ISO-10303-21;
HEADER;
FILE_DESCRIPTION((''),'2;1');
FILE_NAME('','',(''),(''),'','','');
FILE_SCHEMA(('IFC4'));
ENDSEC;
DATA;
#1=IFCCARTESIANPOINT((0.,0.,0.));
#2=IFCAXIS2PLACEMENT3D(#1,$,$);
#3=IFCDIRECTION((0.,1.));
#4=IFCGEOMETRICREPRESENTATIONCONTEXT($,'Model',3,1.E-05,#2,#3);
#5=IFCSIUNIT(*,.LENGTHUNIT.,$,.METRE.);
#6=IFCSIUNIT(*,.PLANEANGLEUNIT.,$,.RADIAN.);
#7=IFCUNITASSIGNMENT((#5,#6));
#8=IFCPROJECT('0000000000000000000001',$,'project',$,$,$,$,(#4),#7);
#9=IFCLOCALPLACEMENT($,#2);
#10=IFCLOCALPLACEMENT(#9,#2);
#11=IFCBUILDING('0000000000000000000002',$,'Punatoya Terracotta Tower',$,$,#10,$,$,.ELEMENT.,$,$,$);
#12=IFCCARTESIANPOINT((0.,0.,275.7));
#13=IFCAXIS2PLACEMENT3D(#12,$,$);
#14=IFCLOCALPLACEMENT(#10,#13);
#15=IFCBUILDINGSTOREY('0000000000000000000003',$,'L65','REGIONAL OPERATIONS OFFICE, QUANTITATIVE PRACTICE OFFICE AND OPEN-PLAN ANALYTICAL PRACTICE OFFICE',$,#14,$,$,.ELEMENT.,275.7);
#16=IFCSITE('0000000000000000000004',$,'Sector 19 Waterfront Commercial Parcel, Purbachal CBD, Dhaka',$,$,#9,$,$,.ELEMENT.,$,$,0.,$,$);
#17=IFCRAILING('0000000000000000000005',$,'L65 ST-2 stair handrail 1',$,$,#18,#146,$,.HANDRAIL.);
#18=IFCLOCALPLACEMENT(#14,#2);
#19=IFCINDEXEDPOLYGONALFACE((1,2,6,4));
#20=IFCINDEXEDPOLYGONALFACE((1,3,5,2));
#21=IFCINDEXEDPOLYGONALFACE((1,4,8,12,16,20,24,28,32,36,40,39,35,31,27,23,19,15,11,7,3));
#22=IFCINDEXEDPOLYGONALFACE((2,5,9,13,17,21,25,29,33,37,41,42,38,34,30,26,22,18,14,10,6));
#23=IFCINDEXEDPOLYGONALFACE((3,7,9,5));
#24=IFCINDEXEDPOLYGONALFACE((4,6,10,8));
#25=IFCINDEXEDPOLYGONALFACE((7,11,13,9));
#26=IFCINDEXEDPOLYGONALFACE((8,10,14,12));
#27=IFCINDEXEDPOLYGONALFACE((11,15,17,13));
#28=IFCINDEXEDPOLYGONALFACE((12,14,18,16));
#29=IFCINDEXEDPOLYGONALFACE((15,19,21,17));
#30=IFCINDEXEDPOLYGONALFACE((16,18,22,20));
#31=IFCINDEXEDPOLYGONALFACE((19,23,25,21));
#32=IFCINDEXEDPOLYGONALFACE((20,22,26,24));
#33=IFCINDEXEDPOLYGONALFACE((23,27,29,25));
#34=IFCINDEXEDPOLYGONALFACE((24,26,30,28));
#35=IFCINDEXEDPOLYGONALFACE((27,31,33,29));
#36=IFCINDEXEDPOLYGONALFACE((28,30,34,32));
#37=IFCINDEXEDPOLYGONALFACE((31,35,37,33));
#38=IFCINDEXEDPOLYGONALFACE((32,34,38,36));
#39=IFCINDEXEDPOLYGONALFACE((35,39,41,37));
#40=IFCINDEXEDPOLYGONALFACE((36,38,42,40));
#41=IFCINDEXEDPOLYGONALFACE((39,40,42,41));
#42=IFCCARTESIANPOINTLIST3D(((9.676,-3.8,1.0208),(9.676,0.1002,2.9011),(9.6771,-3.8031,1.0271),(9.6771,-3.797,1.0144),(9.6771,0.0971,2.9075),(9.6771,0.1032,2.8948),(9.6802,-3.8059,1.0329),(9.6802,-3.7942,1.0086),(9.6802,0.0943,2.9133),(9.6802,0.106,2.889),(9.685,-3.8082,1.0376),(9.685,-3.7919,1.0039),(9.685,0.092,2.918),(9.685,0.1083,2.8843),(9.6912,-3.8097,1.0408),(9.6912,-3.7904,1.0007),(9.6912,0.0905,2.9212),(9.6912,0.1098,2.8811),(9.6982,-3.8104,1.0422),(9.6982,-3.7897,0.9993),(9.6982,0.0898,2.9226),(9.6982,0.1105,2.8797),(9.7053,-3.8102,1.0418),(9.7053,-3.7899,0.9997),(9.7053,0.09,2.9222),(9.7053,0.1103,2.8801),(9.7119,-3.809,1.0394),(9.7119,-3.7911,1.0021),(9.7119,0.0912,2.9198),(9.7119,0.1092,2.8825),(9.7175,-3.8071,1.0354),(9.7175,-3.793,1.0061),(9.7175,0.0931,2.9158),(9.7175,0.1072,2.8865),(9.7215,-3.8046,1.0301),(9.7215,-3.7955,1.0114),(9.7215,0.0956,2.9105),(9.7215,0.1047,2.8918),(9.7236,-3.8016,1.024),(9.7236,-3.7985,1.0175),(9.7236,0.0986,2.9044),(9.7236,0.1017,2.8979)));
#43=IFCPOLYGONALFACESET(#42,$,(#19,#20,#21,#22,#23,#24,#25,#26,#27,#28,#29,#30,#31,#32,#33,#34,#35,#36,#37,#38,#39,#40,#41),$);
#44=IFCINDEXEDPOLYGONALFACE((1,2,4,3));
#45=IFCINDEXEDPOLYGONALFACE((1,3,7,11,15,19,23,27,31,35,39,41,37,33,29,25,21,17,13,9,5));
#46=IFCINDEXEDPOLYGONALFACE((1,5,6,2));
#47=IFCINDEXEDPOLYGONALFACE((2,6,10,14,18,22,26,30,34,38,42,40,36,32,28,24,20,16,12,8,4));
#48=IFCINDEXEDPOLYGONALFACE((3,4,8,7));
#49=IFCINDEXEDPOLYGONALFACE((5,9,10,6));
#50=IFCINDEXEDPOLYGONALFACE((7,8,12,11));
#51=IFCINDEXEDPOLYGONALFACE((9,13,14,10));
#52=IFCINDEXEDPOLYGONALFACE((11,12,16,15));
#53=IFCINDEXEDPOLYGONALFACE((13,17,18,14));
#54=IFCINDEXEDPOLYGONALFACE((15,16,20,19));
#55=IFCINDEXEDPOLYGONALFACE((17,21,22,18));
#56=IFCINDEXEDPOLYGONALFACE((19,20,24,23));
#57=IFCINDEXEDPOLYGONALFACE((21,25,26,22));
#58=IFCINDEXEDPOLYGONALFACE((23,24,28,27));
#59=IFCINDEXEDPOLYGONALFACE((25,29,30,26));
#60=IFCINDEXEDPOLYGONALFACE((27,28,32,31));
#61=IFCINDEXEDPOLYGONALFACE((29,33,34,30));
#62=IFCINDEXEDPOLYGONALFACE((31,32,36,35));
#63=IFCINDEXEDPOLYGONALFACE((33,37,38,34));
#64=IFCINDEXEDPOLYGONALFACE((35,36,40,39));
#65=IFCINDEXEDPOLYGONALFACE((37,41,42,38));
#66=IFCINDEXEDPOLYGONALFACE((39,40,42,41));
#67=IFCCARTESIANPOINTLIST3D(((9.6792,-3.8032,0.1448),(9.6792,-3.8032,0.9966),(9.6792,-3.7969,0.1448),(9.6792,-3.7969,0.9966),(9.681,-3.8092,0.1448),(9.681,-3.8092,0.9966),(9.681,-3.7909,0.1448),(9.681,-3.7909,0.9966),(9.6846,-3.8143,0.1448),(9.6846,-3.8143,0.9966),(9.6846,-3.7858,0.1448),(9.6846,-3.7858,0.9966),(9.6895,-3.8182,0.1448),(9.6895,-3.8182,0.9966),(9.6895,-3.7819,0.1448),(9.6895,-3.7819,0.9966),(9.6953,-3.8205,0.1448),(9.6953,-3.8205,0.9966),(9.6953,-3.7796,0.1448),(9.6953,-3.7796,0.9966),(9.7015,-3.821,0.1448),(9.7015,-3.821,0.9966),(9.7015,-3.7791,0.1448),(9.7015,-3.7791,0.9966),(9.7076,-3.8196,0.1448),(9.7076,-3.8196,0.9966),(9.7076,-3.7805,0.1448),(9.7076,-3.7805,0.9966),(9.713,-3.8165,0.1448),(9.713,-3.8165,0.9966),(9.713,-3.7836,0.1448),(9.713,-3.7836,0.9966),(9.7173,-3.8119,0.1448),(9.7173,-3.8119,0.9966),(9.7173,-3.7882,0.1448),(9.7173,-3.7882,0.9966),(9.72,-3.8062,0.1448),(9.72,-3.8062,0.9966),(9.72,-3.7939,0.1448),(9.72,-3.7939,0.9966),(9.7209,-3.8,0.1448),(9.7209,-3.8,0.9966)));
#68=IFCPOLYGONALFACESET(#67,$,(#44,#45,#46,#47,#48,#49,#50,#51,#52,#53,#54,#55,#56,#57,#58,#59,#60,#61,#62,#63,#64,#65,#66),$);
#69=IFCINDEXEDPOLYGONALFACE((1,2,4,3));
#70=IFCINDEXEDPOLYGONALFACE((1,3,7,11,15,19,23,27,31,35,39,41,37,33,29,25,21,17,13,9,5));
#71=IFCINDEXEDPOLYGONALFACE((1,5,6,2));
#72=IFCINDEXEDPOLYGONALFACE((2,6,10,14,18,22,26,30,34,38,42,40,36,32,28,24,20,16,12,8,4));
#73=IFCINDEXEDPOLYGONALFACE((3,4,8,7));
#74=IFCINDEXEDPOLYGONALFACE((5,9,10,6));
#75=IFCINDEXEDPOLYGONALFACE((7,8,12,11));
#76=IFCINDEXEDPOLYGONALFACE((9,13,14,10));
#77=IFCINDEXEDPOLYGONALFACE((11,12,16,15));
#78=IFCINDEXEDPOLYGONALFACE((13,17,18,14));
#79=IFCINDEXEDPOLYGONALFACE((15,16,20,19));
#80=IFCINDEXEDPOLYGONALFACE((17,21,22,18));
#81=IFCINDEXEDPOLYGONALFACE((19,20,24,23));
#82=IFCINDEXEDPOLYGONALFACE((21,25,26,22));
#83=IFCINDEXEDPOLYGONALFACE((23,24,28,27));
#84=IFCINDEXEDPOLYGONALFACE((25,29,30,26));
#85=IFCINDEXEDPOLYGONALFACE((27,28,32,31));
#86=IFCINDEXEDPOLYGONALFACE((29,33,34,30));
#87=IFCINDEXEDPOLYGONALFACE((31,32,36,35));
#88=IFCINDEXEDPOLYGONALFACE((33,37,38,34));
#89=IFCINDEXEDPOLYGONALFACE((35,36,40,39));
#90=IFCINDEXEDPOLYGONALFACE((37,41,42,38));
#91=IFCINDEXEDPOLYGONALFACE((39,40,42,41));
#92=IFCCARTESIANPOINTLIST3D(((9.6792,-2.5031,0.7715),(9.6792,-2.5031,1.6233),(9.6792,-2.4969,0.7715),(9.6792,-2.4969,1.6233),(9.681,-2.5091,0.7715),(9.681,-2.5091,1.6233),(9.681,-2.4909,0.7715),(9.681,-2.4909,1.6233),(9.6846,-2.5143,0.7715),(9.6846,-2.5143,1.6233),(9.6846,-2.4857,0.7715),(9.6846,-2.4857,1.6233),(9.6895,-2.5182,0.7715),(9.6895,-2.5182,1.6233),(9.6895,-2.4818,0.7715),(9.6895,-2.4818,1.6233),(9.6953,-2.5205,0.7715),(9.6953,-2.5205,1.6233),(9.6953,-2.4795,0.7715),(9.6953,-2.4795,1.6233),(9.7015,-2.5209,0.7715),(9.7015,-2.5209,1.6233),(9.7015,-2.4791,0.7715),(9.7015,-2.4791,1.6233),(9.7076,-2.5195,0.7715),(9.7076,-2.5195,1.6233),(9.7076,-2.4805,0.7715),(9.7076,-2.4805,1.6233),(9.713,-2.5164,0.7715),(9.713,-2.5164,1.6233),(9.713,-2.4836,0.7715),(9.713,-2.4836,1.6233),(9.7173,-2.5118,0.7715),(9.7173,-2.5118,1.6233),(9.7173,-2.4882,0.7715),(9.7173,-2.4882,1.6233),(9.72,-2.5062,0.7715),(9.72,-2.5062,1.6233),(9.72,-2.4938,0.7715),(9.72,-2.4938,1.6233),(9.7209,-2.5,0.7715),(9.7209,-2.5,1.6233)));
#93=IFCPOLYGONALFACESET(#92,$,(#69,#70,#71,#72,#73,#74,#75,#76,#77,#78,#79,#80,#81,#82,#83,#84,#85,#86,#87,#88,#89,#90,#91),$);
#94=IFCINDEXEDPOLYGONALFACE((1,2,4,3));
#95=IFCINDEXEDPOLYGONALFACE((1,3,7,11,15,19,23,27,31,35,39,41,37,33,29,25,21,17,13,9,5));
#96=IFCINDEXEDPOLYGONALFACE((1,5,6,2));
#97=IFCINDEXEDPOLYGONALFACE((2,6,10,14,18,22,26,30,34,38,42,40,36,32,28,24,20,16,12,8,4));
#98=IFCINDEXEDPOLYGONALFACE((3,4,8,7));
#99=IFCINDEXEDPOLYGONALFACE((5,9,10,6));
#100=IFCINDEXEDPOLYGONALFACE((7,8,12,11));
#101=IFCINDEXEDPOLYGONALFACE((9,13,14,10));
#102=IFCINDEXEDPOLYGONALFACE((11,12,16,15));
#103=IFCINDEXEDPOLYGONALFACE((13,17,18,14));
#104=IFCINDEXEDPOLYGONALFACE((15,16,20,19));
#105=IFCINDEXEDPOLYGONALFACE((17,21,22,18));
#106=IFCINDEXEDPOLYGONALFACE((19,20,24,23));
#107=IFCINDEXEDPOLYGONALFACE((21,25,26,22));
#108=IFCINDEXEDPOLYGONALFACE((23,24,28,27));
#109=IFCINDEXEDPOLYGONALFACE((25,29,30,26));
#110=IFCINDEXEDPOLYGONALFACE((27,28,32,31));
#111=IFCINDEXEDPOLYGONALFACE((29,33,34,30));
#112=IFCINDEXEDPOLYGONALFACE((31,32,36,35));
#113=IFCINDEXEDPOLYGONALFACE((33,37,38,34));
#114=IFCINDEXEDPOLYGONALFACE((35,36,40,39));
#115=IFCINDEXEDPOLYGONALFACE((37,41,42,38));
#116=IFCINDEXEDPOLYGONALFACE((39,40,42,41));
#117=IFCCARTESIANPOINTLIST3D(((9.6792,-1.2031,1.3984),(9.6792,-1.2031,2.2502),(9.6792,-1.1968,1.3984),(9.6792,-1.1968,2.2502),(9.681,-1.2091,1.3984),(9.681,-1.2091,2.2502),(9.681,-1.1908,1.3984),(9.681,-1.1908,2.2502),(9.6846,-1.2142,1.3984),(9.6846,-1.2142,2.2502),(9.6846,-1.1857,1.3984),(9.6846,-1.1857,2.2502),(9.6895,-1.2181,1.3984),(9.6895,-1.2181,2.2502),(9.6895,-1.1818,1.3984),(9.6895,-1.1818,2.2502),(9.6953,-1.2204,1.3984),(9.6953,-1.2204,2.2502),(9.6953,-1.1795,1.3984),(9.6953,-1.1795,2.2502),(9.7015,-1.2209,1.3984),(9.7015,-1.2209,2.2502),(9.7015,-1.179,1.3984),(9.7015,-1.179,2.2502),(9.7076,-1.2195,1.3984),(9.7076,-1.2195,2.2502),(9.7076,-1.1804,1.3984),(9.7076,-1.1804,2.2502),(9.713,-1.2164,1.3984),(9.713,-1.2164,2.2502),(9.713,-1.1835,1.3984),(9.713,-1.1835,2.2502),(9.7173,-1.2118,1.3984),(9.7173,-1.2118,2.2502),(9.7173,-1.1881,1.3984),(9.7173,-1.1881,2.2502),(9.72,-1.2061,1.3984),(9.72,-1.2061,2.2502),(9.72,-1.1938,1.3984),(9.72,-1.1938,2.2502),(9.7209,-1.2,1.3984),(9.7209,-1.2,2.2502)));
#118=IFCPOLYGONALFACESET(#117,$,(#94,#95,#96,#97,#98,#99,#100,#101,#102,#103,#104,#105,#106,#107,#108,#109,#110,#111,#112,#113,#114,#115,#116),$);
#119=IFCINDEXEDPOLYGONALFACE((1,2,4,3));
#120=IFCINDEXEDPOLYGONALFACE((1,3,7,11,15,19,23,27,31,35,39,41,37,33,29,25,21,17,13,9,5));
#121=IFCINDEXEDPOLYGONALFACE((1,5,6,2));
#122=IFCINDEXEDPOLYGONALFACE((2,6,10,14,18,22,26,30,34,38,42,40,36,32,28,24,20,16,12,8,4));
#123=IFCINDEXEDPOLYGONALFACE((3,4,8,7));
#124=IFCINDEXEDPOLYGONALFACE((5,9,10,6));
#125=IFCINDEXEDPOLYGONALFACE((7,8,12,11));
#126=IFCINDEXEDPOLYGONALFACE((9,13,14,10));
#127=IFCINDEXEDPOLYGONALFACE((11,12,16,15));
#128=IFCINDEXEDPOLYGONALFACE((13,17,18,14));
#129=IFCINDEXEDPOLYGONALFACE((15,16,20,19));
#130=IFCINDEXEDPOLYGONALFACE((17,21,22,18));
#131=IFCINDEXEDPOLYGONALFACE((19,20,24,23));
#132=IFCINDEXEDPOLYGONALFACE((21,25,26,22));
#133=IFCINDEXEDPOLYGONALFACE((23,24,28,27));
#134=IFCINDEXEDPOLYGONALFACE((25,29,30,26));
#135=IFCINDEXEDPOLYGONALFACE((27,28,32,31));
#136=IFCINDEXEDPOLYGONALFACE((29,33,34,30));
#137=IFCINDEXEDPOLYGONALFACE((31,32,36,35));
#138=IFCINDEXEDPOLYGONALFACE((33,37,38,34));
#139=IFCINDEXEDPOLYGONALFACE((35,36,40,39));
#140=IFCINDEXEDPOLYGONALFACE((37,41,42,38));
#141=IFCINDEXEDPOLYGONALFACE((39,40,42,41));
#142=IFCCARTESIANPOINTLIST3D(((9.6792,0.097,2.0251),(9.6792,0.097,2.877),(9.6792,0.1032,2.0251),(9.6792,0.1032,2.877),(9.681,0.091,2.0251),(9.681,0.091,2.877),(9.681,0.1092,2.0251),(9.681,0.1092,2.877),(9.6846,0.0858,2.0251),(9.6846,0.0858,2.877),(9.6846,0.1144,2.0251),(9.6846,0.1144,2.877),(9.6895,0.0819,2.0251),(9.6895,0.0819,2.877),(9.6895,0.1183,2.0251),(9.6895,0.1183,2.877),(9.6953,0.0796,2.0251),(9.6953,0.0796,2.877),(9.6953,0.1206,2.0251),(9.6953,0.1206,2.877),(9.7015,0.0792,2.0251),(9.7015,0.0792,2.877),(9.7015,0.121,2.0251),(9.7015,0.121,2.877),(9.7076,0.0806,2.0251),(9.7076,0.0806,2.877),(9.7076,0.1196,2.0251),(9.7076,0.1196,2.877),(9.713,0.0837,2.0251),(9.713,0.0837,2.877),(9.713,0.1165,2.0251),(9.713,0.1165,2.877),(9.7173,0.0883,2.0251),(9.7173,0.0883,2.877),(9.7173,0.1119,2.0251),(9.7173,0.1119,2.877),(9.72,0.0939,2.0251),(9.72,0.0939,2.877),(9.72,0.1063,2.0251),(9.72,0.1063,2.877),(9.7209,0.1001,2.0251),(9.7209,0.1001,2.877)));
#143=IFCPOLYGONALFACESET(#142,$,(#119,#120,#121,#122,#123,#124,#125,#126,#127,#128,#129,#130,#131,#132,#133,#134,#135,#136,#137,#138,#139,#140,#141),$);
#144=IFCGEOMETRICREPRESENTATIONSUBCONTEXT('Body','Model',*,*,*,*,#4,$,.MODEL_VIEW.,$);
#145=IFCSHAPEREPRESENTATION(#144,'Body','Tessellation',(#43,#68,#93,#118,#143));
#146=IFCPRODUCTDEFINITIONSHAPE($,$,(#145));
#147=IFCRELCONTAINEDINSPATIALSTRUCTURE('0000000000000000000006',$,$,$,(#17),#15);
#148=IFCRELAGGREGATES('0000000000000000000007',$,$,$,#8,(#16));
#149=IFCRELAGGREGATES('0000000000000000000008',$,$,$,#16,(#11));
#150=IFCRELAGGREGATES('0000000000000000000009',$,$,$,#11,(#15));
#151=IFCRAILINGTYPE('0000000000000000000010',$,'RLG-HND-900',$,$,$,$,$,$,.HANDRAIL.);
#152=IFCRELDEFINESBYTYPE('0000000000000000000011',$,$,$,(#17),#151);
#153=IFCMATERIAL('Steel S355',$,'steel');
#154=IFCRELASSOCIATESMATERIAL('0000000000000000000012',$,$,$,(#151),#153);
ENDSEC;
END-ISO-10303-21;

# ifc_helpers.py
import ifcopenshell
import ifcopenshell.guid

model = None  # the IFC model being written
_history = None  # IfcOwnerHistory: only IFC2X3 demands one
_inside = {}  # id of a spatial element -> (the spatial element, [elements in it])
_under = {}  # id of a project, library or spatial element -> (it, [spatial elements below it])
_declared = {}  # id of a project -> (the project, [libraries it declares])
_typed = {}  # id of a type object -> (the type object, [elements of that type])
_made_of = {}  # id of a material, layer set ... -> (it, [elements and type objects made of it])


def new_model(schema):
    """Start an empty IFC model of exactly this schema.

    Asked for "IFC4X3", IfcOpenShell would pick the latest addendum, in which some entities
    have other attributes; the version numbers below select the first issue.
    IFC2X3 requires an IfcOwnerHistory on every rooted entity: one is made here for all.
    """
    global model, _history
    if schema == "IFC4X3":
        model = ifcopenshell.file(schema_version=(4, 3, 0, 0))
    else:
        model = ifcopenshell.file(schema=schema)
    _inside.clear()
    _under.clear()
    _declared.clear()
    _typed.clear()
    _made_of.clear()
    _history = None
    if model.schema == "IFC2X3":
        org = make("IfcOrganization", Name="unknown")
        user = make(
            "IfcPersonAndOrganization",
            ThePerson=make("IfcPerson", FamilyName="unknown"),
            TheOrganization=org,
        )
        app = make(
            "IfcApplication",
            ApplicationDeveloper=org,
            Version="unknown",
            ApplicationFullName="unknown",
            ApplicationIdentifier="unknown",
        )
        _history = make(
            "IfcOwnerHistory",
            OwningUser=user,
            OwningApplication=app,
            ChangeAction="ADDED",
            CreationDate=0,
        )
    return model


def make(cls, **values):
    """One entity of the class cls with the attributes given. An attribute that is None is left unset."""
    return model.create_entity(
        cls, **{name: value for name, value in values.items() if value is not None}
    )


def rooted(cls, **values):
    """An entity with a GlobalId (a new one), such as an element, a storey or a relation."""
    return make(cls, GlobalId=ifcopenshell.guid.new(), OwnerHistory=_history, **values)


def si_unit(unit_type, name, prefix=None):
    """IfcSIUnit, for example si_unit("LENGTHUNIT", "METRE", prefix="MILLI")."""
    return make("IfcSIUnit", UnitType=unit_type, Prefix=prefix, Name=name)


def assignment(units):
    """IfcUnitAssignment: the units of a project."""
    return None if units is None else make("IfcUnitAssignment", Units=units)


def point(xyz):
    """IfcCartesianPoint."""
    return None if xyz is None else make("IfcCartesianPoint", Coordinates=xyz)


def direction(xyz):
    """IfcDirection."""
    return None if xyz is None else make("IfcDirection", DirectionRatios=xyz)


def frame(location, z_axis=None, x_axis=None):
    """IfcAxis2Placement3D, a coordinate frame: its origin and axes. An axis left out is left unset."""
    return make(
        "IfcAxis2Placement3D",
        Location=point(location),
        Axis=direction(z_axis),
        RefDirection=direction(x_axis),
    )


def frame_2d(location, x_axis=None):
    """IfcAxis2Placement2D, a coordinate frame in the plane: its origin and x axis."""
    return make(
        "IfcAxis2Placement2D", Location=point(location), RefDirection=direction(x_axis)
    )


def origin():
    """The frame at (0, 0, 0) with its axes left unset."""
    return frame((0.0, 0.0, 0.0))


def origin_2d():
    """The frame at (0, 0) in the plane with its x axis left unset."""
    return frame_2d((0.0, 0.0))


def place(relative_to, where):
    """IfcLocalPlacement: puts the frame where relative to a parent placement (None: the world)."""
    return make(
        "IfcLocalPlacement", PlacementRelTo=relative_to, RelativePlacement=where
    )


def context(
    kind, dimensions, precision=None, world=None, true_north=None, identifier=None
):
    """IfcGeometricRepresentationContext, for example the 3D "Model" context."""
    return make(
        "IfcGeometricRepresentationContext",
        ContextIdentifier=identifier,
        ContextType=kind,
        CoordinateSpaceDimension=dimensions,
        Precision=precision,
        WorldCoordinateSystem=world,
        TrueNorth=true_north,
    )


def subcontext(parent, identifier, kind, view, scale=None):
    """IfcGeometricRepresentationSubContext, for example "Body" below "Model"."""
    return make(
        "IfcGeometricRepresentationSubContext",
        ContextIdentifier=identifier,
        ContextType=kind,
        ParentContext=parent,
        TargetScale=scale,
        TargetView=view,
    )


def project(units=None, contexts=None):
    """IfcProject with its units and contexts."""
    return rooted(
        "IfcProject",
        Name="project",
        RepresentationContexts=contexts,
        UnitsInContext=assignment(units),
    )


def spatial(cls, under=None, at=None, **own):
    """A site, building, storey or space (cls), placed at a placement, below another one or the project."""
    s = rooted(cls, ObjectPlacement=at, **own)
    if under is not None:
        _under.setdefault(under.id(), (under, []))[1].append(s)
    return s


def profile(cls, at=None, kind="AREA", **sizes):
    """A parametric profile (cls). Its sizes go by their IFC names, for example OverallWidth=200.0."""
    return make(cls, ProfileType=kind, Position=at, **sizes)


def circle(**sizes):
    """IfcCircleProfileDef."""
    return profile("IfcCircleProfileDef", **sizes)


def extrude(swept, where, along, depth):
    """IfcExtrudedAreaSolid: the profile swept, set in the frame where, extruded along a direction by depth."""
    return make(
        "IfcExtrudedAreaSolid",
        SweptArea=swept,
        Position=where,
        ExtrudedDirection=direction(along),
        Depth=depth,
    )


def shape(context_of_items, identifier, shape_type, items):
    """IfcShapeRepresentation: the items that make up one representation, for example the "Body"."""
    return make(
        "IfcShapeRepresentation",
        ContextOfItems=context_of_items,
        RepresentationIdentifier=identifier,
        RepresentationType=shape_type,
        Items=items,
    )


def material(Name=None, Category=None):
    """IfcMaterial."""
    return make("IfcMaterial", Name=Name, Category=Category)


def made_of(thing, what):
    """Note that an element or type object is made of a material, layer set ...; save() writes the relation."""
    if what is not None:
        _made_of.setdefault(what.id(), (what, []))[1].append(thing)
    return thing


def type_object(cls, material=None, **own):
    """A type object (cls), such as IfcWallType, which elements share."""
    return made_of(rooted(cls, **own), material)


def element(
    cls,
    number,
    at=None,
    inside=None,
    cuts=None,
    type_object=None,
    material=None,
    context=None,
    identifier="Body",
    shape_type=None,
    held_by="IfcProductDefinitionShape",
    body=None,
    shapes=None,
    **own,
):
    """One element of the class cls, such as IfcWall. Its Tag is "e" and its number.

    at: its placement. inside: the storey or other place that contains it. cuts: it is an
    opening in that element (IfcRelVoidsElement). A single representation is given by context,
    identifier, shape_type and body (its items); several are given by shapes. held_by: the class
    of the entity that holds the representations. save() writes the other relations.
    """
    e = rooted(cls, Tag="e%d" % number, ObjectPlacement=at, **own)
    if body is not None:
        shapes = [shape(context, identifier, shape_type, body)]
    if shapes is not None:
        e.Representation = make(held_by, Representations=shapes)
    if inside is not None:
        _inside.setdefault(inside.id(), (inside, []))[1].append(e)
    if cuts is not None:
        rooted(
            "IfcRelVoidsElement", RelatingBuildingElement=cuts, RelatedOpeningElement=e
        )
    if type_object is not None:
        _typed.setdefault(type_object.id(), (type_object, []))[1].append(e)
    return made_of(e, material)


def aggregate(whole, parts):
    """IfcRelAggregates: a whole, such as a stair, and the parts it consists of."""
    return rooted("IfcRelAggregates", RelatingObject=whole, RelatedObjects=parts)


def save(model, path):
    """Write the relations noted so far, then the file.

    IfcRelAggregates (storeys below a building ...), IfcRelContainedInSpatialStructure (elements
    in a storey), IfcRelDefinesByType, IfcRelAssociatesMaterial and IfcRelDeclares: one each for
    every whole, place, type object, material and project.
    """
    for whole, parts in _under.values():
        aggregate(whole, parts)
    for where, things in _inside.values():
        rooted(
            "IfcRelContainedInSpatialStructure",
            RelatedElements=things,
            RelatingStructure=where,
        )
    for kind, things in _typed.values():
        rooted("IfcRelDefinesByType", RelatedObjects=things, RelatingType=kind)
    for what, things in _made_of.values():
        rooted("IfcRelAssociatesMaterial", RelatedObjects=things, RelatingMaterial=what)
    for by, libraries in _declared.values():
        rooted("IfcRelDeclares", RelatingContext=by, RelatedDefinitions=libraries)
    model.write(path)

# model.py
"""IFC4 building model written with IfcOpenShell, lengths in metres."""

from ifc_helpers import new_model, si_unit, direction, frame, origin, origin_2d, place, context, subcontext, project, spatial, circle, extrude, material, type_object, element, save


model = new_model("IFC4")

# Units and contexts
model_context = context("Model", 3, precision=1e-05, world=origin(), true_north=direction((0.0, 1.0)))
body_context = subcontext(model_context, "Body", "Model", "MODEL_VIEW")
ifc_project = project(units=[si_unit("LENGTHUNIT", "METRE"), si_unit("PLANEANGLEUNIT", "RADIAN")], contexts=[model_context])

# Site, building, storey
site_placement = place(None, origin())
site = spatial("IfcSite", under=ifc_project, at=site_placement, Name="Sector 19 Waterfront Commercial Parcel, Purbachal CBD, Dhaka", CompositionType="ELEMENT", RefElevation=0.0)
building_placement = place(site_placement, origin())
building = spatial("IfcBuilding", under=site, at=building_placement, Name="Punatoya Terracotta Tower", CompositionType="ELEMENT")
storey_placement = place(building_placement, frame((0.0, 0.0, 275.7)))
storey = spatial("IfcBuildingStorey", under=building, at=storey_placement, Name="L65", Description="REGIONAL OPERATIONS OFFICE, QUANTITATIVE PRACTICE OFFICE AND OPEN-PLAN ANALYTICAL PRACTICE OFFICE", CompositionType="ELEMENT", Elevation=275.7)

# Shared definitions
ifc_material_1 = material(Name="Steel S355", Category="steel")

# Railing
railing_type_1 = type_object("IfcRailingType", Name="RLG-HND-900", PredefinedType="HANDRAIL", material=ifc_material_1)
railing_1_placement = place(storey_placement, frame((9.7, -3.8, 0.1448)))
element("IfcRailing", 1, at=railing_1_placement, inside=storey, type_object=railing_type_1, Name="L65 ST-2 stair handrail 1", PredefinedType="HANDRAIL", context=body_context, shape_type="SweptSolid", body=[
    extrude(circle(Radius=0.0239, at=origin_2d()), frame((0.0, 0.0, 0.876), z_axis=(0.0, 0.900774, 0.434289), x_axis=(-1.0, 0.0, 0.0)), (0.0, 0.0, 1.0), 4.3298),
    extrude(circle(Radius=0.021, at=origin_2d()), origin(), (0.0, 0.0, 1.0), 0.8518),
    extrude(circle(Radius=0.021, at=origin_2d()), frame((0.0, 1.3, 0.6267)), (0.0, 0.0, 1.0), 0.8518),
    extrude(circle(Radius=0.021, at=origin_2d()), frame((0.0, 2.6001, 1.2537)), (0.0, 0.0, 1.0), 0.8518),
    extrude(circle(Radius=0.021, at=origin_2d()), frame((0.0, 3.9001, 1.8804)), (0.0, 0.0, 1.0), 0.8518),
])

save(model, "model.ifc")
